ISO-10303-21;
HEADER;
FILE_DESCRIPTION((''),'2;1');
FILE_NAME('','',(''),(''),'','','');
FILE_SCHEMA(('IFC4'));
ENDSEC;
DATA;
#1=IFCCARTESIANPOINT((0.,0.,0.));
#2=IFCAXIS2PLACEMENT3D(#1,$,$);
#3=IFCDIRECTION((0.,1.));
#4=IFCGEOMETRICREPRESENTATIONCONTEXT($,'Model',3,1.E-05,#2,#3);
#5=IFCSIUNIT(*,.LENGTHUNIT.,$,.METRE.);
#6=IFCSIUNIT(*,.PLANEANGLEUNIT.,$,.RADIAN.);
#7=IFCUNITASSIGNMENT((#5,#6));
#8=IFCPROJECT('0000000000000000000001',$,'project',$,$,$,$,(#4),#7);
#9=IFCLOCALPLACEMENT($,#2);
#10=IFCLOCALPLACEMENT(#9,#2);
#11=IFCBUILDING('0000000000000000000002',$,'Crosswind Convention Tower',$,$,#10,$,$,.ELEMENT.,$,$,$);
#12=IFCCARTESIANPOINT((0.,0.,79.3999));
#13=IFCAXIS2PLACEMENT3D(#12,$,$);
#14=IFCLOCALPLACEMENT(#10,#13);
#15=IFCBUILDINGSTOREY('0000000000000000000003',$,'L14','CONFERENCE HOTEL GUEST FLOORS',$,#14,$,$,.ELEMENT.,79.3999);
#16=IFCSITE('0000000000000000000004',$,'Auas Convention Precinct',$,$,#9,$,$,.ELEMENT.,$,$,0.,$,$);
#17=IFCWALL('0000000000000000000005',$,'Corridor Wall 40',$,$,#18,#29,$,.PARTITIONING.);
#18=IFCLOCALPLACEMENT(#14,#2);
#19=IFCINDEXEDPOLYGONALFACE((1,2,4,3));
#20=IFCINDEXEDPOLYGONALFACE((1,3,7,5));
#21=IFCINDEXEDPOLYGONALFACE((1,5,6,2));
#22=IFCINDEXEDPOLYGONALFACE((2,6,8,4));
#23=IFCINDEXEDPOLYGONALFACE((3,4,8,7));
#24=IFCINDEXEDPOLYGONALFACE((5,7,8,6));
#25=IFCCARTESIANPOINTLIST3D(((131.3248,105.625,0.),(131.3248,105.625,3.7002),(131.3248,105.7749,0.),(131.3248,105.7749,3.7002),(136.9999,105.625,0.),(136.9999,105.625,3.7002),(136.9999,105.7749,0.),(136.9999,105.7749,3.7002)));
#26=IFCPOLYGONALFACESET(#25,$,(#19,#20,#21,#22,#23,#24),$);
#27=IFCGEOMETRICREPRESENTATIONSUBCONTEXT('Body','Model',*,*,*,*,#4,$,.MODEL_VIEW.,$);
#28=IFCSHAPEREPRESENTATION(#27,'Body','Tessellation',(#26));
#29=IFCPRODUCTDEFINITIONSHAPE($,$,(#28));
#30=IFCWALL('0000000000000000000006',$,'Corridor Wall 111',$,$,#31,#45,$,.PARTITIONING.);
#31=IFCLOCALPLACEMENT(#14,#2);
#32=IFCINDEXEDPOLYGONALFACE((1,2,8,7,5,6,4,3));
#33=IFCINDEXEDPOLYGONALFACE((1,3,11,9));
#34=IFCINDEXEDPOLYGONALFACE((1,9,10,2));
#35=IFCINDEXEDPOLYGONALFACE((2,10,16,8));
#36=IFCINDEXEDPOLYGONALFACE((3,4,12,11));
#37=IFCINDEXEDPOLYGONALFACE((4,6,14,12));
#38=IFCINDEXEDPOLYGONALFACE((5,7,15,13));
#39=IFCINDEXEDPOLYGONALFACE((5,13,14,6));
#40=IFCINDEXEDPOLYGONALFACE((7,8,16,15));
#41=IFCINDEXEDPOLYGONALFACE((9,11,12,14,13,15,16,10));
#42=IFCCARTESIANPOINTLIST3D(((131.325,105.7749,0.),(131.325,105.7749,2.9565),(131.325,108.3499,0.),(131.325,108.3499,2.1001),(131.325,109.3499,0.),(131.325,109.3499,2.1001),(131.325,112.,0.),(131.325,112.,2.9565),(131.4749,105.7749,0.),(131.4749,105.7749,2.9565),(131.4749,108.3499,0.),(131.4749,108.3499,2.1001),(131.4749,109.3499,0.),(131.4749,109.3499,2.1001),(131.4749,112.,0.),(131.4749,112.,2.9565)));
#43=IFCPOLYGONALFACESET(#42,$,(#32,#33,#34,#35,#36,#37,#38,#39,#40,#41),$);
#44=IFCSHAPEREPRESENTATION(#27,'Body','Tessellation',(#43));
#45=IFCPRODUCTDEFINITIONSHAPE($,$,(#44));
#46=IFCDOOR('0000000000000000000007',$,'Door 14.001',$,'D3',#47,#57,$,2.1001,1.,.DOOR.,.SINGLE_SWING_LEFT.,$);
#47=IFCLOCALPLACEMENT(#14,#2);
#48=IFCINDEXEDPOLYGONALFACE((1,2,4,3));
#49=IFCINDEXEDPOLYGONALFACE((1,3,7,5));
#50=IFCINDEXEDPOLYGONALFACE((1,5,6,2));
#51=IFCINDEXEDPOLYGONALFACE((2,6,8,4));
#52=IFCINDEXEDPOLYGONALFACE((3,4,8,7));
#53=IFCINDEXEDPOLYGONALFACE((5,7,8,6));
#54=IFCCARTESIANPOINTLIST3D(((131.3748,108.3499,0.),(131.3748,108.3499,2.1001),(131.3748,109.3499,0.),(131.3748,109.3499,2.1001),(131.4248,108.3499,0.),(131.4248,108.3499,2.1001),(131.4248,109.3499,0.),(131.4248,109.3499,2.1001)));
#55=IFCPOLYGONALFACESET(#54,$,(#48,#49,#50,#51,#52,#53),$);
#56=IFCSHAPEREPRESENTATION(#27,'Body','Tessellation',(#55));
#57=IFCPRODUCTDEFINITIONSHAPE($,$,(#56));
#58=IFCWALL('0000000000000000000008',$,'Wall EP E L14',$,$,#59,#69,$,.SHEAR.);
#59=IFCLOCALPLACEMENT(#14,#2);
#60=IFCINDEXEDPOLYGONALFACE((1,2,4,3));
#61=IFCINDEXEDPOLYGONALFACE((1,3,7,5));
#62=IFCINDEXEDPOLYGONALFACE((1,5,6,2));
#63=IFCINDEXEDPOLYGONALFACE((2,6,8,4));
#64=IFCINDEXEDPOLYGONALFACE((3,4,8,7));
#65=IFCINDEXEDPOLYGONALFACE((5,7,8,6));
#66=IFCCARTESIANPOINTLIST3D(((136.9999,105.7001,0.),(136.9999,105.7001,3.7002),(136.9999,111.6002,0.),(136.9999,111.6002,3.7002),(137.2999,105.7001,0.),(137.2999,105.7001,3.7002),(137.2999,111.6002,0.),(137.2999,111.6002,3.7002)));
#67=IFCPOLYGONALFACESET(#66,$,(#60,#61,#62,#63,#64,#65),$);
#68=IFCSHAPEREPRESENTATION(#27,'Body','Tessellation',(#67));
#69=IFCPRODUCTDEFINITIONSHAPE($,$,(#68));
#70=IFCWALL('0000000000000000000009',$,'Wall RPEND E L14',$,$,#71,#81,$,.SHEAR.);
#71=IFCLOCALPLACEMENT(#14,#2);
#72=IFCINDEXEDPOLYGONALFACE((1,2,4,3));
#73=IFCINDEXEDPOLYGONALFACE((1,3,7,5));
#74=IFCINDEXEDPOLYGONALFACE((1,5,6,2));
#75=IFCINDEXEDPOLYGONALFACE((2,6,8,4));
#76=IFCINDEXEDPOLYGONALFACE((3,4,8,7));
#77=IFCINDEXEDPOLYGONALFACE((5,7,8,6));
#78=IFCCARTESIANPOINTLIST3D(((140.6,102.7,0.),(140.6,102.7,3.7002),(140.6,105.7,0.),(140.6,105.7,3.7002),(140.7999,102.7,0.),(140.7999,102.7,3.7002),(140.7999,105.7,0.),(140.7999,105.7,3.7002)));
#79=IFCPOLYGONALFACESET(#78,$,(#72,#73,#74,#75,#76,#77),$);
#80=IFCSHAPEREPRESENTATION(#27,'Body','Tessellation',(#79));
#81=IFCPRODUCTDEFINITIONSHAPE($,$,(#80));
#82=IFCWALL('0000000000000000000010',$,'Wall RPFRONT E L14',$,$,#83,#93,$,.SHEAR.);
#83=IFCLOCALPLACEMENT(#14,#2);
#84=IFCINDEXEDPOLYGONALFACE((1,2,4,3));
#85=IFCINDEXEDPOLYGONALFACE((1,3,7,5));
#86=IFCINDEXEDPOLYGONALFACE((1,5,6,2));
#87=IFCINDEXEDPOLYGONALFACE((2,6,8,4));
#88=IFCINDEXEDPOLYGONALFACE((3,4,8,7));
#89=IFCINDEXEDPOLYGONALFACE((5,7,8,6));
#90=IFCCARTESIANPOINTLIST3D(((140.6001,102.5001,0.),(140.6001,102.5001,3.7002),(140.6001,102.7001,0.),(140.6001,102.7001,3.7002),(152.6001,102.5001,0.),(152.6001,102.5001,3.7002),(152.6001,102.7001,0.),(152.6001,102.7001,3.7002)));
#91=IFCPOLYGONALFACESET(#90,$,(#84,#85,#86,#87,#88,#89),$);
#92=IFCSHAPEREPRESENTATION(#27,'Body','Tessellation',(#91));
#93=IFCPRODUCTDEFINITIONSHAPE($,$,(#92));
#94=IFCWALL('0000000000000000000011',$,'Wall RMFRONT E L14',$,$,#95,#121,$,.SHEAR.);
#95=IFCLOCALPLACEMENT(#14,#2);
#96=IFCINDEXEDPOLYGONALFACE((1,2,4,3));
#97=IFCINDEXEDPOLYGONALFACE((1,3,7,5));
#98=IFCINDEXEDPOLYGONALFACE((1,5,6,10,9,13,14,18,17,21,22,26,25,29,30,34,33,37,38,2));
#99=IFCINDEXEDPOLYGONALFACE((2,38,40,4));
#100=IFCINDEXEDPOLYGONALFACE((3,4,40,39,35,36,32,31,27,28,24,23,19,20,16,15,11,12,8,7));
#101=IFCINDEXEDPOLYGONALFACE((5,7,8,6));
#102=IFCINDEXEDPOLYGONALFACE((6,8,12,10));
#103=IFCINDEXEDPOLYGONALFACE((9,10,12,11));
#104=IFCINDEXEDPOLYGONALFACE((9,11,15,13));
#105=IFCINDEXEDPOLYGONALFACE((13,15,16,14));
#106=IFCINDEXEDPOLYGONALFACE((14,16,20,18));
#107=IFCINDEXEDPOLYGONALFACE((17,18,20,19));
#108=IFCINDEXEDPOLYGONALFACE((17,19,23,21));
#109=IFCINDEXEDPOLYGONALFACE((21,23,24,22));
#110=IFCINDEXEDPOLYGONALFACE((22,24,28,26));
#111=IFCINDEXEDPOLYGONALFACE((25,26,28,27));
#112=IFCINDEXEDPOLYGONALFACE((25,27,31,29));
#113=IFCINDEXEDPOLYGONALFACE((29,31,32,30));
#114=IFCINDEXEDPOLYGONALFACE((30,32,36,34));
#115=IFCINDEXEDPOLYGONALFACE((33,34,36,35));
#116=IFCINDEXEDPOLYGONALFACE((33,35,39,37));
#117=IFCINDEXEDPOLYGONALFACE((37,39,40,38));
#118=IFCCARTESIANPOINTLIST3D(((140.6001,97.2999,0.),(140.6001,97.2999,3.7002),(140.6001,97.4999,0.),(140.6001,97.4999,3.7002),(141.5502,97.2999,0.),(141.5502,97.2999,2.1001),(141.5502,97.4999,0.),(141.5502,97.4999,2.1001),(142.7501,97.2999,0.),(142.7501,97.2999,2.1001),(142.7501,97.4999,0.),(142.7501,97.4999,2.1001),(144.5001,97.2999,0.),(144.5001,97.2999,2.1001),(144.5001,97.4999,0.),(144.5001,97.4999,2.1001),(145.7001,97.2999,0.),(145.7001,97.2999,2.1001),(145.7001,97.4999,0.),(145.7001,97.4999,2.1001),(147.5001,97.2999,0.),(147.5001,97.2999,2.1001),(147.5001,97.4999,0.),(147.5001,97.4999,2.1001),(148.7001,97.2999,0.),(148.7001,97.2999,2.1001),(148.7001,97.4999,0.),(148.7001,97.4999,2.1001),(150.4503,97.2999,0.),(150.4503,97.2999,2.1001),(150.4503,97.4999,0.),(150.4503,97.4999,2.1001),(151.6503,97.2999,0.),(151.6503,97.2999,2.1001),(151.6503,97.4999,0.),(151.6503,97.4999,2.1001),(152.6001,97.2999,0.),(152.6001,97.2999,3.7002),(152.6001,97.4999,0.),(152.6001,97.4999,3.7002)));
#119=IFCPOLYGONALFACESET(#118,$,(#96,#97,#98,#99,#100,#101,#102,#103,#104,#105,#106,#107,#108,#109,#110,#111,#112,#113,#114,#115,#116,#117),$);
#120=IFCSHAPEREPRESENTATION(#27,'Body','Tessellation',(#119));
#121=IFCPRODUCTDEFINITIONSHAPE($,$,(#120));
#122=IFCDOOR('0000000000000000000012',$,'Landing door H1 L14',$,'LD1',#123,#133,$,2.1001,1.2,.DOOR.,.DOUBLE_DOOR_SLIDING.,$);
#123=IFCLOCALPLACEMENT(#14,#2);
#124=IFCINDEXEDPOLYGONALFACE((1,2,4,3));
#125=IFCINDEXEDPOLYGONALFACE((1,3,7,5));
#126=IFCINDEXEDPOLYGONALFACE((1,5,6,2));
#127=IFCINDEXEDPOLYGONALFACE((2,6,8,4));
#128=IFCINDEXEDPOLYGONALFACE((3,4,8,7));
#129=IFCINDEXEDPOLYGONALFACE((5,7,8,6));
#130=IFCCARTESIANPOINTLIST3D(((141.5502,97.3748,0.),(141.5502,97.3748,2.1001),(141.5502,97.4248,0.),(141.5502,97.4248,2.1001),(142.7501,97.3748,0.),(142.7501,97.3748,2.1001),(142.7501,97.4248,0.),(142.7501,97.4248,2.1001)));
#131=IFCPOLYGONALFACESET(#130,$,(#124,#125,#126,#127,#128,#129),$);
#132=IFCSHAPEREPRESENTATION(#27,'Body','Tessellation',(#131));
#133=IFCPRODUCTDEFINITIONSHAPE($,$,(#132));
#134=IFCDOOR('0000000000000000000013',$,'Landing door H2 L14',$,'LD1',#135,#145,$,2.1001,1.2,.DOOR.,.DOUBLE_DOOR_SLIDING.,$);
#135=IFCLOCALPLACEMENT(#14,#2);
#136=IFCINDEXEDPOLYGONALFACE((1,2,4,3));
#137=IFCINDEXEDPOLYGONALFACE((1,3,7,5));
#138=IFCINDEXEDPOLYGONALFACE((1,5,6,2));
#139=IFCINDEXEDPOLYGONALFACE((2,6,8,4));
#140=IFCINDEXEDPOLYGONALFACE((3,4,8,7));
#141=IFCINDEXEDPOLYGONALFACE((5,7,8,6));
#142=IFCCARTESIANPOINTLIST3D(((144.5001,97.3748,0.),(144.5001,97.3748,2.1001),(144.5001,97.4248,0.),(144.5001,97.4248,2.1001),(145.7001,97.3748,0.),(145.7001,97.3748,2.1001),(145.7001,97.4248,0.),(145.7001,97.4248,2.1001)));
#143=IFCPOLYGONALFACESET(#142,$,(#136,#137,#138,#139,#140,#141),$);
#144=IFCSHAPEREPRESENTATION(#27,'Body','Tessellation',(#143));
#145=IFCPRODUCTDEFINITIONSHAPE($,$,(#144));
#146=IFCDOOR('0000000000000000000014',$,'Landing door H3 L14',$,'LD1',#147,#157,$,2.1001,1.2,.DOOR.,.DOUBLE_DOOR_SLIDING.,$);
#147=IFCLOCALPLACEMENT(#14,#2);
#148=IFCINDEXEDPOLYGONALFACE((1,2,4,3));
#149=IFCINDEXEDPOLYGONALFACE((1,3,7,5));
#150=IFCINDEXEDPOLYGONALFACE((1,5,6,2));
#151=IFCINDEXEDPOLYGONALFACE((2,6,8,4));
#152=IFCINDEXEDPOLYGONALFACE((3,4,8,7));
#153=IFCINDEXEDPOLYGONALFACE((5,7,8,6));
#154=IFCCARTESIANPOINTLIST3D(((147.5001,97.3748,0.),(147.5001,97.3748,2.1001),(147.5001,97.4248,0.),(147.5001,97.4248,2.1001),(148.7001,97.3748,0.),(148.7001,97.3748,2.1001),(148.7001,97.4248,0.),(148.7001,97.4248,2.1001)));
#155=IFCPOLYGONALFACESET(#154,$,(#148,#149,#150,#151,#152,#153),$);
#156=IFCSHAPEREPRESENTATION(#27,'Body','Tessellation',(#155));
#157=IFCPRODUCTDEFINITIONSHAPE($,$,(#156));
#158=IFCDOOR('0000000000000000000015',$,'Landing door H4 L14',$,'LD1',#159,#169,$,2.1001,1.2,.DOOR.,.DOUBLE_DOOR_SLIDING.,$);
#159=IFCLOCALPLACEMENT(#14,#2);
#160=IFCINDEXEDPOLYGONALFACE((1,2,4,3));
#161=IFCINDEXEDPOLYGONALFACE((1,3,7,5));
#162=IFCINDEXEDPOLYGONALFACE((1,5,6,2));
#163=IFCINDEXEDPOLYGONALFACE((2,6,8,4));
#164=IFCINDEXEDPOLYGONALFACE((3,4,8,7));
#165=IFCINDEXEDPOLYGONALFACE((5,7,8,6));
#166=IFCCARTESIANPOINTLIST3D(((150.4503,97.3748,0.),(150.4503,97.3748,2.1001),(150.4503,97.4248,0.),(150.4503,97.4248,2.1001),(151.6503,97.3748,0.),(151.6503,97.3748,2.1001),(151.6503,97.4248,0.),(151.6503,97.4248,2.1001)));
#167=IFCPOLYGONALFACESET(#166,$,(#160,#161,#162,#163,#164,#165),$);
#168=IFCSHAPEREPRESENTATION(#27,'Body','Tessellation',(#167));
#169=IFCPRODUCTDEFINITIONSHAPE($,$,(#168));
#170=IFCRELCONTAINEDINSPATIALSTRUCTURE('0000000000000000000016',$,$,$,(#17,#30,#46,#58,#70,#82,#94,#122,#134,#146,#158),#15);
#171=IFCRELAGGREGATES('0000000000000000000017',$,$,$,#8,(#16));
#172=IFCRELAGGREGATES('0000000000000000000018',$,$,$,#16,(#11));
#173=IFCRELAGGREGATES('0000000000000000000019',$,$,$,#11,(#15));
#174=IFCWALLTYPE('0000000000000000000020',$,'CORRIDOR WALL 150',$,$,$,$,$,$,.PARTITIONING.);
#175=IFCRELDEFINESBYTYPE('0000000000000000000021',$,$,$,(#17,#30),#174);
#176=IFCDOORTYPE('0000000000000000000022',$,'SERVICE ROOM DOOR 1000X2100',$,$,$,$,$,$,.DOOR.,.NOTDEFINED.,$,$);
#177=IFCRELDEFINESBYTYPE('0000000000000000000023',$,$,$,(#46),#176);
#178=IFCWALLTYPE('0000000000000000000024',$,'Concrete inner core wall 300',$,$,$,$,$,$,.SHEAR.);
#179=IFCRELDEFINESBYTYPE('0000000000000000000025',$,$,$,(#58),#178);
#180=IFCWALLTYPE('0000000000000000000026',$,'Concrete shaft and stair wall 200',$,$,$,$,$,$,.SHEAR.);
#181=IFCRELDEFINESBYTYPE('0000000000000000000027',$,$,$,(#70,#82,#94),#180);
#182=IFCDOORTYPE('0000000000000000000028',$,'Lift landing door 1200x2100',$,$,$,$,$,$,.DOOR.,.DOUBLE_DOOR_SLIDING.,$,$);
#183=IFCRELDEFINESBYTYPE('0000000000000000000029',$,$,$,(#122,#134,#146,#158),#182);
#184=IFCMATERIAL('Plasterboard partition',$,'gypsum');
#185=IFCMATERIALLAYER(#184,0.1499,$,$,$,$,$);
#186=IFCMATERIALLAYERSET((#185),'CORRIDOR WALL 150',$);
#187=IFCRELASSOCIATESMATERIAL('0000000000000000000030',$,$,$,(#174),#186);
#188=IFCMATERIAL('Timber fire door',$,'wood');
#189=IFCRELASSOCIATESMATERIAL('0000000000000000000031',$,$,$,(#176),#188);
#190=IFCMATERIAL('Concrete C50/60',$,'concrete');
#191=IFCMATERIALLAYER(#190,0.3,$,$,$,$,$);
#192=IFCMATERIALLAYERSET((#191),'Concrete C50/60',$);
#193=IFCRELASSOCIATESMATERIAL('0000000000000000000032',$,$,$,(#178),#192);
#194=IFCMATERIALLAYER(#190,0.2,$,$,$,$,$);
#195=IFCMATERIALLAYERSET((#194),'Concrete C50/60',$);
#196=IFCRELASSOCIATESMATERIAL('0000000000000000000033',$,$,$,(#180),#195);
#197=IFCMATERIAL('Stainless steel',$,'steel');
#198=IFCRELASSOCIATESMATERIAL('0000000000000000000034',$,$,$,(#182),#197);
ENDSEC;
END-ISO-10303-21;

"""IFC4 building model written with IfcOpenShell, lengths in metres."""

from ifc_helpers import new_model, si_unit, direction, frame, frame_2d, origin, place, context, subcontext, project, spatial, rectangle, extrude, material, layer, layer_set, type_object, element, fill, save


model = new_model("IFC4")

# Units and contexts
model_context = context("Model", 3, precision=1e-05, world=origin(), true_north=direction((0.0, 1.0)))
body_context = subcontext(model_context, "Body", "Model", "MODEL_VIEW")
ifc_project = project(units=[si_unit("LENGTHUNIT", "METRE"), si_unit("PLANEANGLEUNIT", "RADIAN")], contexts=[model_context])

# Site, building, storey
site_placement = place(None, origin())
site = spatial("IfcSite", under=ifc_project, at=site_placement, Name="Auas Convention Precinct", CompositionType="ELEMENT", RefElevation=0.0)
building_placement = place(site_placement, origin())
building = spatial("IfcBuilding", under=site, at=building_placement, Name="Crosswind Convention Tower", CompositionType="ELEMENT")
storey_placement = place(building_placement, frame((0.0, 0.0, 79.3999)))
storey = spatial("IfcBuildingStorey", under=building, at=storey_placement, Name="L14", Description="CONFERENCE HOTEL GUEST FLOORS", CompositionType="ELEMENT", Elevation=79.3999)

# Wall
ifc_material_1 = material(Name="Plasterboard partition", Category="gypsum")
ifc_layer_1 = layer(ifc_material_1, 0.1499)
ifc_layer_set_1 = layer_set([ifc_layer_1], Name="CORRIDOR WALL 150")
wall_type_1 = type_object("IfcWallType", Name="CORRIDOR WALL 150", PredefinedType="PARTITIONING", material=ifc_layer_set_1)
wall_1_placement = place(storey_placement, frame((131.325, 105.7, 0.0), z_axis=(0.0, 0.0, 1.0), x_axis=(1.0, 0.0, 0.0)))
element("IfcWall", 1, at=wall_1_placement, inside=storey, type_object=wall_type_1, Name="Corridor Wall 40", PredefinedType="PARTITIONING", context=body_context, shape_type="SweptSolid", body=[
    extrude(rectangle(XDim=5.675, YDim=0.1499, at=frame_2d((2.8374, 0.0))), origin(), (0.0, 0.0, 1.0), 3.7002),
])

# Wall, opening, door
wall_2_placement = place(storey_placement, frame((131.3999, 105.7749, 0.0), z_axis=(0.0, 0.0, 1.0), x_axis=(0.0, 1.0, 0.0)))
wall_2 = element("IfcWall", 2, at=wall_2_placement, inside=storey, type_object=wall_type_1, Name="Corridor Wall 111", PredefinedType="PARTITIONING", context=body_context, shape_type="SweptSolid", body=[
    extrude(rectangle(XDim=6.2251, YDim=0.1499, at=frame_2d((3.1125, 0.0))), origin(), (0.0, 0.0, 1.0), 2.9565),
])
opening_1_placement = place(wall_2_placement, frame((2.575, 0.0, 0.0)))
opening_1 = element("IfcOpeningElement", 3, at=opening_1_placement, cuts=wall_2, PredefinedType="OPENING", context=body_context, shape_type="SweptSolid", body=[
    extrude(rectangle(XDim=1.0, YDim=2.1001, at=frame_2d((0.5, 1.05))), frame((0.0, 0.085, 0.0), z_axis=(0.0, -1.0, 0.0), x_axis=(1.0, 0.0, 0.0)), (0.0, 0.0, 1.0), 0.1699),
])
ifc_material_2 = material(Name="Timber fire door", Category="wood")
door_type_1 = type_object("IfcDoorType", Name="SERVICE ROOM DOOR 1000X2100", OperationType="NOTDEFINED", PredefinedType="DOOR", material=ifc_material_2)
door_1_placement = place(opening_1_placement, frame((1.0, 0.0, 0.0), z_axis=(0.0, 0.0, 1.0), x_axis=(-1.0, 0.0, 0.0)))
door_1 = element("IfcDoor", 4, at=door_1_placement, inside=storey, type_object=door_type_1, Name="Door 14.001", ObjectType="D3", OperationType="SINGLE_SWING_LEFT", OverallHeight=2.1001, OverallWidth=1.0, PredefinedType="DOOR", context=body_context, shape_type="SweptSolid", body=[
    extrude(rectangle(XDim=1.0, YDim=2.1001, at=frame_2d((0.5, 1.05))), frame((0.0, 0.0249, 0.0), z_axis=(0.0, -1.0, 0.0), x_axis=(1.0, 0.0, 0.0)), (0.0, 0.0, 1.0), 0.05),
])
fill(opening_1, door_1)

# Walls
ifc_material_3 = material(Name="Concrete C50/60", Category="concrete")
ifc_layer_2 = layer(ifc_material_3, 0.3)
ifc_layer_set_2 = layer_set([ifc_layer_2], Name="Concrete C50/60")
wall_type_2 = type_object("IfcWallType", Name="Concrete inner core wall 300", PredefinedType="SHEAR", material=ifc_layer_set_2)
wall_3_placement = place(storey_placement, frame((137.1499, 105.7, 0.0), z_axis=(0.0, 0.0, 1.0), x_axis=(0.0, 1.0, 0.0)))
element("IfcWall", 5, at=wall_3_placement, inside=storey, type_object=wall_type_2, Name="Wall EP E L14", PredefinedType="SHEAR", context=body_context, shape_type="SweptSolid", body=[
    extrude(rectangle(XDim=5.9001, YDim=0.3, at=frame_2d((2.9502, 0.0))), origin(), (0.0, 0.0, 1.0), 3.7002),
])
ifc_layer_3 = layer(ifc_material_3, 0.2)
ifc_layer_set_3 = layer_set([ifc_layer_3], Name="Concrete C50/60")
wall_type_3 = type_object("IfcWallType", Name="Concrete shaft and stair wall 200", PredefinedType="SHEAR", material=ifc_layer_set_3)
wall_4_placement = place(storey_placement, frame((140.7, 102.7, 0.0), z_axis=(0.0, 0.0, 1.0), x_axis=(0.0, 1.0, 0.0)))
element("IfcWall", 6, at=wall_4_placement, inside=storey, type_object=wall_type_3, Name="Wall RPEND E L14", PredefinedType="SHEAR", context=body_context, shape_type="SweptSolid", body=[
    extrude(rectangle(XDim=3.0, YDim=0.2, at=frame_2d((1.5, 0.0))), origin(), (0.0, 0.0, 1.0), 3.7002),
])
wall_5_placement = place(storey_placement, frame((140.6001, 102.6001, 0.0), z_axis=(0.0, 0.0, 1.0), x_axis=(1.0, 0.0, 0.0)))
element("IfcWall", 7, at=wall_5_placement, inside=storey, type_object=wall_type_3, Name="Wall RPFRONT E L14", PredefinedType="SHEAR", context=body_context, shape_type="SweptSolid", body=[
    extrude(rectangle(XDim=12.0, YDim=0.2, at=frame_2d((6.0, 0.0))), origin(), (0.0, 0.0, 1.0), 3.7002),
])

# Wall, openings, doors
wall_6_placement = place(storey_placement, frame((140.6001, 97.3999, 0.0), z_axis=(0.0, 0.0, 1.0), x_axis=(1.0, 0.0, 0.0)))
wall_6 = element("IfcWall", 8, at=wall_6_placement, inside=storey, type_object=wall_type_3, Name="Wall RMFRONT E L14", PredefinedType="SHEAR", context=body_context, shape_type="SweptSolid", body=[
    extrude(rectangle(XDim=12.0, YDim=0.2, at=frame_2d((6.0, 0.0))), origin(), (0.0, 0.0, 1.0), 3.7002),
])
opening_2_placement = place(wall_6_placement, frame((0.95, 0.0, 0.0)))
opening_2 = element("IfcOpeningElement", 9, at=opening_2_placement, cuts=wall_6, PredefinedType="OPENING", context=body_context, shape_type="SweptSolid", body=[
    extrude(rectangle(XDim=1.2, YDim=2.1001, at=frame_2d((0.6001, 1.05))), frame((0.0, 0.1099, 0.0), z_axis=(0.0, -1.0, 0.0), x_axis=(1.0, 0.0, 0.0)), (0.0, 0.0, 1.0), 0.22),
])
opening_3_placement = place(wall_6_placement, frame((3.8999, 0.0, 0.0)))
opening_3 = element("IfcOpeningElement", 10, at=opening_3_placement, cuts=wall_6, PredefinedType="OPENING", context=body_context, shape_type="SweptSolid", body=[
    extrude(rectangle(XDim=1.2, YDim=2.1001, at=frame_2d((0.6001, 1.05))), frame((0.0, 0.1099, 0.0), z_axis=(0.0, -1.0, 0.0), x_axis=(1.0, 0.0, 0.0)), (0.0, 0.0, 1.0), 0.22),
])
opening_4_placement = place(wall_6_placement, frame((6.8999, 0.0, 0.0)))
opening_4 = element("IfcOpeningElement", 11, at=opening_4_placement, cuts=wall_6, PredefinedType="OPENING", context=body_context, shape_type="SweptSolid", body=[
    extrude(rectangle(XDim=1.2, YDim=2.1001, at=frame_2d((0.6001, 1.05))), frame((0.0, 0.1099, 0.0), z_axis=(0.0, -1.0, 0.0), x_axis=(1.0, 0.0, 0.0)), (0.0, 0.0, 1.0), 0.22),
])
opening_5_placement = place(wall_6_placement, frame((9.8501, 0.0, 0.0)))
opening_5 = element("IfcOpeningElement", 12, at=opening_5_placement, cuts=wall_6, PredefinedType="OPENING", context=body_context, shape_type="SweptSolid", body=[
    extrude(rectangle(XDim=1.2, YDim=2.1001, at=frame_2d((0.6001, 1.05))), frame((0.0, 0.1099, 0.0), z_axis=(0.0, -1.0, 0.0), x_axis=(1.0, 0.0, 0.0)), (0.0, 0.0, 1.0), 0.22),
])
ifc_material_4 = material(Name="Stainless steel", Category="steel")
door_type_2 = type_object("IfcDoorType", Name="Lift landing door 1200x2100", OperationType="DOUBLE_DOOR_SLIDING", PredefinedType="DOOR", material=ifc_material_4)
door_2_placement = place(opening_2_placement, origin())
door_2 = element("IfcDoor", 13, at=door_2_placement, inside=storey, type_object=door_type_2, Name="Landing door H1 L14", ObjectType="LD1", OperationType="DOUBLE_DOOR_SLIDING", OverallHeight=2.1001, OverallWidth=1.2, PredefinedType="DOOR", context=body_context, shape_type="SweptSolid", body=[
    extrude(rectangle(XDim=1.2, YDim=2.1001, at=frame_2d((0.6001, 1.05))), frame((0.0, 0.0249, 0.0), z_axis=(0.0, -1.0, 0.0), x_axis=(1.0, 0.0, 0.0)), (0.0, 0.0, 1.0), 0.05),
])
fill(opening_2, door_2)
door_3_placement = place(opening_3_placement, origin())
door_3 = element("IfcDoor", 14, at=door_3_placement, inside=storey, type_object=door_type_2, Name="Landing door H2 L14", ObjectType="LD1", OperationType="DOUBLE_DOOR_SLIDING", OverallHeight=2.1001, OverallWidth=1.2, PredefinedType="DOOR", context=body_context, shape_type="SweptSolid", body=[
    extrude(rectangle(XDim=1.2, YDim=2.1001, at=frame_2d((0.6001, 1.05))), frame((0.0, 0.0249, 0.0), z_axis=(0.0, -1.0, 0.0), x_axis=(1.0, 0.0, 0.0)), (0.0, 0.0, 1.0), 0.05),
])
fill(opening_3, door_3)
door_4_placement = place(opening_4_placement, origin())
door_4 = element("IfcDoor", 15, at=door_4_placement, inside=storey, type_object=door_type_2, Name="Landing door H3 L14", ObjectType="LD1", OperationType="DOUBLE_DOOR_SLIDING", OverallHeight=2.1001, OverallWidth=1.2, PredefinedType="DOOR", context=body_context, shape_type="SweptSolid", body=[
    extrude(rectangle(XDim=1.2, YDim=2.1001, at=frame_2d((0.6001, 1.05))), frame((0.0, 0.0249, 0.0), z_axis=(0.0, -1.0, 0.0), x_axis=(1.0, 0.0, 0.0)), (0.0, 0.0, 1.0), 0.05),
])
fill(opening_4, door_4)
door_5_placement = place(opening_5_placement, origin())
door_5 = element("IfcDoor", 16, at=door_5_placement, inside=storey, type_object=door_type_2, Name="Landing door H4 L14", ObjectType="LD1", OperationType="DOUBLE_DOOR_SLIDING", OverallHeight=2.1001, OverallWidth=1.2, PredefinedType="DOOR", context=body_context, shape_type="SweptSolid", body=[
    extrude(rectangle(XDim=1.2, YDim=2.1001, at=frame_2d((0.6001, 1.05))), frame((0.0, 0.0249, 0.0), z_axis=(0.0, -1.0, 0.0), x_axis=(1.0, 0.0, 0.0)), (0.0, 0.0, 1.0), 0.05),
])
fill(opening_5, door_5)

save(model, "model.ifc")
